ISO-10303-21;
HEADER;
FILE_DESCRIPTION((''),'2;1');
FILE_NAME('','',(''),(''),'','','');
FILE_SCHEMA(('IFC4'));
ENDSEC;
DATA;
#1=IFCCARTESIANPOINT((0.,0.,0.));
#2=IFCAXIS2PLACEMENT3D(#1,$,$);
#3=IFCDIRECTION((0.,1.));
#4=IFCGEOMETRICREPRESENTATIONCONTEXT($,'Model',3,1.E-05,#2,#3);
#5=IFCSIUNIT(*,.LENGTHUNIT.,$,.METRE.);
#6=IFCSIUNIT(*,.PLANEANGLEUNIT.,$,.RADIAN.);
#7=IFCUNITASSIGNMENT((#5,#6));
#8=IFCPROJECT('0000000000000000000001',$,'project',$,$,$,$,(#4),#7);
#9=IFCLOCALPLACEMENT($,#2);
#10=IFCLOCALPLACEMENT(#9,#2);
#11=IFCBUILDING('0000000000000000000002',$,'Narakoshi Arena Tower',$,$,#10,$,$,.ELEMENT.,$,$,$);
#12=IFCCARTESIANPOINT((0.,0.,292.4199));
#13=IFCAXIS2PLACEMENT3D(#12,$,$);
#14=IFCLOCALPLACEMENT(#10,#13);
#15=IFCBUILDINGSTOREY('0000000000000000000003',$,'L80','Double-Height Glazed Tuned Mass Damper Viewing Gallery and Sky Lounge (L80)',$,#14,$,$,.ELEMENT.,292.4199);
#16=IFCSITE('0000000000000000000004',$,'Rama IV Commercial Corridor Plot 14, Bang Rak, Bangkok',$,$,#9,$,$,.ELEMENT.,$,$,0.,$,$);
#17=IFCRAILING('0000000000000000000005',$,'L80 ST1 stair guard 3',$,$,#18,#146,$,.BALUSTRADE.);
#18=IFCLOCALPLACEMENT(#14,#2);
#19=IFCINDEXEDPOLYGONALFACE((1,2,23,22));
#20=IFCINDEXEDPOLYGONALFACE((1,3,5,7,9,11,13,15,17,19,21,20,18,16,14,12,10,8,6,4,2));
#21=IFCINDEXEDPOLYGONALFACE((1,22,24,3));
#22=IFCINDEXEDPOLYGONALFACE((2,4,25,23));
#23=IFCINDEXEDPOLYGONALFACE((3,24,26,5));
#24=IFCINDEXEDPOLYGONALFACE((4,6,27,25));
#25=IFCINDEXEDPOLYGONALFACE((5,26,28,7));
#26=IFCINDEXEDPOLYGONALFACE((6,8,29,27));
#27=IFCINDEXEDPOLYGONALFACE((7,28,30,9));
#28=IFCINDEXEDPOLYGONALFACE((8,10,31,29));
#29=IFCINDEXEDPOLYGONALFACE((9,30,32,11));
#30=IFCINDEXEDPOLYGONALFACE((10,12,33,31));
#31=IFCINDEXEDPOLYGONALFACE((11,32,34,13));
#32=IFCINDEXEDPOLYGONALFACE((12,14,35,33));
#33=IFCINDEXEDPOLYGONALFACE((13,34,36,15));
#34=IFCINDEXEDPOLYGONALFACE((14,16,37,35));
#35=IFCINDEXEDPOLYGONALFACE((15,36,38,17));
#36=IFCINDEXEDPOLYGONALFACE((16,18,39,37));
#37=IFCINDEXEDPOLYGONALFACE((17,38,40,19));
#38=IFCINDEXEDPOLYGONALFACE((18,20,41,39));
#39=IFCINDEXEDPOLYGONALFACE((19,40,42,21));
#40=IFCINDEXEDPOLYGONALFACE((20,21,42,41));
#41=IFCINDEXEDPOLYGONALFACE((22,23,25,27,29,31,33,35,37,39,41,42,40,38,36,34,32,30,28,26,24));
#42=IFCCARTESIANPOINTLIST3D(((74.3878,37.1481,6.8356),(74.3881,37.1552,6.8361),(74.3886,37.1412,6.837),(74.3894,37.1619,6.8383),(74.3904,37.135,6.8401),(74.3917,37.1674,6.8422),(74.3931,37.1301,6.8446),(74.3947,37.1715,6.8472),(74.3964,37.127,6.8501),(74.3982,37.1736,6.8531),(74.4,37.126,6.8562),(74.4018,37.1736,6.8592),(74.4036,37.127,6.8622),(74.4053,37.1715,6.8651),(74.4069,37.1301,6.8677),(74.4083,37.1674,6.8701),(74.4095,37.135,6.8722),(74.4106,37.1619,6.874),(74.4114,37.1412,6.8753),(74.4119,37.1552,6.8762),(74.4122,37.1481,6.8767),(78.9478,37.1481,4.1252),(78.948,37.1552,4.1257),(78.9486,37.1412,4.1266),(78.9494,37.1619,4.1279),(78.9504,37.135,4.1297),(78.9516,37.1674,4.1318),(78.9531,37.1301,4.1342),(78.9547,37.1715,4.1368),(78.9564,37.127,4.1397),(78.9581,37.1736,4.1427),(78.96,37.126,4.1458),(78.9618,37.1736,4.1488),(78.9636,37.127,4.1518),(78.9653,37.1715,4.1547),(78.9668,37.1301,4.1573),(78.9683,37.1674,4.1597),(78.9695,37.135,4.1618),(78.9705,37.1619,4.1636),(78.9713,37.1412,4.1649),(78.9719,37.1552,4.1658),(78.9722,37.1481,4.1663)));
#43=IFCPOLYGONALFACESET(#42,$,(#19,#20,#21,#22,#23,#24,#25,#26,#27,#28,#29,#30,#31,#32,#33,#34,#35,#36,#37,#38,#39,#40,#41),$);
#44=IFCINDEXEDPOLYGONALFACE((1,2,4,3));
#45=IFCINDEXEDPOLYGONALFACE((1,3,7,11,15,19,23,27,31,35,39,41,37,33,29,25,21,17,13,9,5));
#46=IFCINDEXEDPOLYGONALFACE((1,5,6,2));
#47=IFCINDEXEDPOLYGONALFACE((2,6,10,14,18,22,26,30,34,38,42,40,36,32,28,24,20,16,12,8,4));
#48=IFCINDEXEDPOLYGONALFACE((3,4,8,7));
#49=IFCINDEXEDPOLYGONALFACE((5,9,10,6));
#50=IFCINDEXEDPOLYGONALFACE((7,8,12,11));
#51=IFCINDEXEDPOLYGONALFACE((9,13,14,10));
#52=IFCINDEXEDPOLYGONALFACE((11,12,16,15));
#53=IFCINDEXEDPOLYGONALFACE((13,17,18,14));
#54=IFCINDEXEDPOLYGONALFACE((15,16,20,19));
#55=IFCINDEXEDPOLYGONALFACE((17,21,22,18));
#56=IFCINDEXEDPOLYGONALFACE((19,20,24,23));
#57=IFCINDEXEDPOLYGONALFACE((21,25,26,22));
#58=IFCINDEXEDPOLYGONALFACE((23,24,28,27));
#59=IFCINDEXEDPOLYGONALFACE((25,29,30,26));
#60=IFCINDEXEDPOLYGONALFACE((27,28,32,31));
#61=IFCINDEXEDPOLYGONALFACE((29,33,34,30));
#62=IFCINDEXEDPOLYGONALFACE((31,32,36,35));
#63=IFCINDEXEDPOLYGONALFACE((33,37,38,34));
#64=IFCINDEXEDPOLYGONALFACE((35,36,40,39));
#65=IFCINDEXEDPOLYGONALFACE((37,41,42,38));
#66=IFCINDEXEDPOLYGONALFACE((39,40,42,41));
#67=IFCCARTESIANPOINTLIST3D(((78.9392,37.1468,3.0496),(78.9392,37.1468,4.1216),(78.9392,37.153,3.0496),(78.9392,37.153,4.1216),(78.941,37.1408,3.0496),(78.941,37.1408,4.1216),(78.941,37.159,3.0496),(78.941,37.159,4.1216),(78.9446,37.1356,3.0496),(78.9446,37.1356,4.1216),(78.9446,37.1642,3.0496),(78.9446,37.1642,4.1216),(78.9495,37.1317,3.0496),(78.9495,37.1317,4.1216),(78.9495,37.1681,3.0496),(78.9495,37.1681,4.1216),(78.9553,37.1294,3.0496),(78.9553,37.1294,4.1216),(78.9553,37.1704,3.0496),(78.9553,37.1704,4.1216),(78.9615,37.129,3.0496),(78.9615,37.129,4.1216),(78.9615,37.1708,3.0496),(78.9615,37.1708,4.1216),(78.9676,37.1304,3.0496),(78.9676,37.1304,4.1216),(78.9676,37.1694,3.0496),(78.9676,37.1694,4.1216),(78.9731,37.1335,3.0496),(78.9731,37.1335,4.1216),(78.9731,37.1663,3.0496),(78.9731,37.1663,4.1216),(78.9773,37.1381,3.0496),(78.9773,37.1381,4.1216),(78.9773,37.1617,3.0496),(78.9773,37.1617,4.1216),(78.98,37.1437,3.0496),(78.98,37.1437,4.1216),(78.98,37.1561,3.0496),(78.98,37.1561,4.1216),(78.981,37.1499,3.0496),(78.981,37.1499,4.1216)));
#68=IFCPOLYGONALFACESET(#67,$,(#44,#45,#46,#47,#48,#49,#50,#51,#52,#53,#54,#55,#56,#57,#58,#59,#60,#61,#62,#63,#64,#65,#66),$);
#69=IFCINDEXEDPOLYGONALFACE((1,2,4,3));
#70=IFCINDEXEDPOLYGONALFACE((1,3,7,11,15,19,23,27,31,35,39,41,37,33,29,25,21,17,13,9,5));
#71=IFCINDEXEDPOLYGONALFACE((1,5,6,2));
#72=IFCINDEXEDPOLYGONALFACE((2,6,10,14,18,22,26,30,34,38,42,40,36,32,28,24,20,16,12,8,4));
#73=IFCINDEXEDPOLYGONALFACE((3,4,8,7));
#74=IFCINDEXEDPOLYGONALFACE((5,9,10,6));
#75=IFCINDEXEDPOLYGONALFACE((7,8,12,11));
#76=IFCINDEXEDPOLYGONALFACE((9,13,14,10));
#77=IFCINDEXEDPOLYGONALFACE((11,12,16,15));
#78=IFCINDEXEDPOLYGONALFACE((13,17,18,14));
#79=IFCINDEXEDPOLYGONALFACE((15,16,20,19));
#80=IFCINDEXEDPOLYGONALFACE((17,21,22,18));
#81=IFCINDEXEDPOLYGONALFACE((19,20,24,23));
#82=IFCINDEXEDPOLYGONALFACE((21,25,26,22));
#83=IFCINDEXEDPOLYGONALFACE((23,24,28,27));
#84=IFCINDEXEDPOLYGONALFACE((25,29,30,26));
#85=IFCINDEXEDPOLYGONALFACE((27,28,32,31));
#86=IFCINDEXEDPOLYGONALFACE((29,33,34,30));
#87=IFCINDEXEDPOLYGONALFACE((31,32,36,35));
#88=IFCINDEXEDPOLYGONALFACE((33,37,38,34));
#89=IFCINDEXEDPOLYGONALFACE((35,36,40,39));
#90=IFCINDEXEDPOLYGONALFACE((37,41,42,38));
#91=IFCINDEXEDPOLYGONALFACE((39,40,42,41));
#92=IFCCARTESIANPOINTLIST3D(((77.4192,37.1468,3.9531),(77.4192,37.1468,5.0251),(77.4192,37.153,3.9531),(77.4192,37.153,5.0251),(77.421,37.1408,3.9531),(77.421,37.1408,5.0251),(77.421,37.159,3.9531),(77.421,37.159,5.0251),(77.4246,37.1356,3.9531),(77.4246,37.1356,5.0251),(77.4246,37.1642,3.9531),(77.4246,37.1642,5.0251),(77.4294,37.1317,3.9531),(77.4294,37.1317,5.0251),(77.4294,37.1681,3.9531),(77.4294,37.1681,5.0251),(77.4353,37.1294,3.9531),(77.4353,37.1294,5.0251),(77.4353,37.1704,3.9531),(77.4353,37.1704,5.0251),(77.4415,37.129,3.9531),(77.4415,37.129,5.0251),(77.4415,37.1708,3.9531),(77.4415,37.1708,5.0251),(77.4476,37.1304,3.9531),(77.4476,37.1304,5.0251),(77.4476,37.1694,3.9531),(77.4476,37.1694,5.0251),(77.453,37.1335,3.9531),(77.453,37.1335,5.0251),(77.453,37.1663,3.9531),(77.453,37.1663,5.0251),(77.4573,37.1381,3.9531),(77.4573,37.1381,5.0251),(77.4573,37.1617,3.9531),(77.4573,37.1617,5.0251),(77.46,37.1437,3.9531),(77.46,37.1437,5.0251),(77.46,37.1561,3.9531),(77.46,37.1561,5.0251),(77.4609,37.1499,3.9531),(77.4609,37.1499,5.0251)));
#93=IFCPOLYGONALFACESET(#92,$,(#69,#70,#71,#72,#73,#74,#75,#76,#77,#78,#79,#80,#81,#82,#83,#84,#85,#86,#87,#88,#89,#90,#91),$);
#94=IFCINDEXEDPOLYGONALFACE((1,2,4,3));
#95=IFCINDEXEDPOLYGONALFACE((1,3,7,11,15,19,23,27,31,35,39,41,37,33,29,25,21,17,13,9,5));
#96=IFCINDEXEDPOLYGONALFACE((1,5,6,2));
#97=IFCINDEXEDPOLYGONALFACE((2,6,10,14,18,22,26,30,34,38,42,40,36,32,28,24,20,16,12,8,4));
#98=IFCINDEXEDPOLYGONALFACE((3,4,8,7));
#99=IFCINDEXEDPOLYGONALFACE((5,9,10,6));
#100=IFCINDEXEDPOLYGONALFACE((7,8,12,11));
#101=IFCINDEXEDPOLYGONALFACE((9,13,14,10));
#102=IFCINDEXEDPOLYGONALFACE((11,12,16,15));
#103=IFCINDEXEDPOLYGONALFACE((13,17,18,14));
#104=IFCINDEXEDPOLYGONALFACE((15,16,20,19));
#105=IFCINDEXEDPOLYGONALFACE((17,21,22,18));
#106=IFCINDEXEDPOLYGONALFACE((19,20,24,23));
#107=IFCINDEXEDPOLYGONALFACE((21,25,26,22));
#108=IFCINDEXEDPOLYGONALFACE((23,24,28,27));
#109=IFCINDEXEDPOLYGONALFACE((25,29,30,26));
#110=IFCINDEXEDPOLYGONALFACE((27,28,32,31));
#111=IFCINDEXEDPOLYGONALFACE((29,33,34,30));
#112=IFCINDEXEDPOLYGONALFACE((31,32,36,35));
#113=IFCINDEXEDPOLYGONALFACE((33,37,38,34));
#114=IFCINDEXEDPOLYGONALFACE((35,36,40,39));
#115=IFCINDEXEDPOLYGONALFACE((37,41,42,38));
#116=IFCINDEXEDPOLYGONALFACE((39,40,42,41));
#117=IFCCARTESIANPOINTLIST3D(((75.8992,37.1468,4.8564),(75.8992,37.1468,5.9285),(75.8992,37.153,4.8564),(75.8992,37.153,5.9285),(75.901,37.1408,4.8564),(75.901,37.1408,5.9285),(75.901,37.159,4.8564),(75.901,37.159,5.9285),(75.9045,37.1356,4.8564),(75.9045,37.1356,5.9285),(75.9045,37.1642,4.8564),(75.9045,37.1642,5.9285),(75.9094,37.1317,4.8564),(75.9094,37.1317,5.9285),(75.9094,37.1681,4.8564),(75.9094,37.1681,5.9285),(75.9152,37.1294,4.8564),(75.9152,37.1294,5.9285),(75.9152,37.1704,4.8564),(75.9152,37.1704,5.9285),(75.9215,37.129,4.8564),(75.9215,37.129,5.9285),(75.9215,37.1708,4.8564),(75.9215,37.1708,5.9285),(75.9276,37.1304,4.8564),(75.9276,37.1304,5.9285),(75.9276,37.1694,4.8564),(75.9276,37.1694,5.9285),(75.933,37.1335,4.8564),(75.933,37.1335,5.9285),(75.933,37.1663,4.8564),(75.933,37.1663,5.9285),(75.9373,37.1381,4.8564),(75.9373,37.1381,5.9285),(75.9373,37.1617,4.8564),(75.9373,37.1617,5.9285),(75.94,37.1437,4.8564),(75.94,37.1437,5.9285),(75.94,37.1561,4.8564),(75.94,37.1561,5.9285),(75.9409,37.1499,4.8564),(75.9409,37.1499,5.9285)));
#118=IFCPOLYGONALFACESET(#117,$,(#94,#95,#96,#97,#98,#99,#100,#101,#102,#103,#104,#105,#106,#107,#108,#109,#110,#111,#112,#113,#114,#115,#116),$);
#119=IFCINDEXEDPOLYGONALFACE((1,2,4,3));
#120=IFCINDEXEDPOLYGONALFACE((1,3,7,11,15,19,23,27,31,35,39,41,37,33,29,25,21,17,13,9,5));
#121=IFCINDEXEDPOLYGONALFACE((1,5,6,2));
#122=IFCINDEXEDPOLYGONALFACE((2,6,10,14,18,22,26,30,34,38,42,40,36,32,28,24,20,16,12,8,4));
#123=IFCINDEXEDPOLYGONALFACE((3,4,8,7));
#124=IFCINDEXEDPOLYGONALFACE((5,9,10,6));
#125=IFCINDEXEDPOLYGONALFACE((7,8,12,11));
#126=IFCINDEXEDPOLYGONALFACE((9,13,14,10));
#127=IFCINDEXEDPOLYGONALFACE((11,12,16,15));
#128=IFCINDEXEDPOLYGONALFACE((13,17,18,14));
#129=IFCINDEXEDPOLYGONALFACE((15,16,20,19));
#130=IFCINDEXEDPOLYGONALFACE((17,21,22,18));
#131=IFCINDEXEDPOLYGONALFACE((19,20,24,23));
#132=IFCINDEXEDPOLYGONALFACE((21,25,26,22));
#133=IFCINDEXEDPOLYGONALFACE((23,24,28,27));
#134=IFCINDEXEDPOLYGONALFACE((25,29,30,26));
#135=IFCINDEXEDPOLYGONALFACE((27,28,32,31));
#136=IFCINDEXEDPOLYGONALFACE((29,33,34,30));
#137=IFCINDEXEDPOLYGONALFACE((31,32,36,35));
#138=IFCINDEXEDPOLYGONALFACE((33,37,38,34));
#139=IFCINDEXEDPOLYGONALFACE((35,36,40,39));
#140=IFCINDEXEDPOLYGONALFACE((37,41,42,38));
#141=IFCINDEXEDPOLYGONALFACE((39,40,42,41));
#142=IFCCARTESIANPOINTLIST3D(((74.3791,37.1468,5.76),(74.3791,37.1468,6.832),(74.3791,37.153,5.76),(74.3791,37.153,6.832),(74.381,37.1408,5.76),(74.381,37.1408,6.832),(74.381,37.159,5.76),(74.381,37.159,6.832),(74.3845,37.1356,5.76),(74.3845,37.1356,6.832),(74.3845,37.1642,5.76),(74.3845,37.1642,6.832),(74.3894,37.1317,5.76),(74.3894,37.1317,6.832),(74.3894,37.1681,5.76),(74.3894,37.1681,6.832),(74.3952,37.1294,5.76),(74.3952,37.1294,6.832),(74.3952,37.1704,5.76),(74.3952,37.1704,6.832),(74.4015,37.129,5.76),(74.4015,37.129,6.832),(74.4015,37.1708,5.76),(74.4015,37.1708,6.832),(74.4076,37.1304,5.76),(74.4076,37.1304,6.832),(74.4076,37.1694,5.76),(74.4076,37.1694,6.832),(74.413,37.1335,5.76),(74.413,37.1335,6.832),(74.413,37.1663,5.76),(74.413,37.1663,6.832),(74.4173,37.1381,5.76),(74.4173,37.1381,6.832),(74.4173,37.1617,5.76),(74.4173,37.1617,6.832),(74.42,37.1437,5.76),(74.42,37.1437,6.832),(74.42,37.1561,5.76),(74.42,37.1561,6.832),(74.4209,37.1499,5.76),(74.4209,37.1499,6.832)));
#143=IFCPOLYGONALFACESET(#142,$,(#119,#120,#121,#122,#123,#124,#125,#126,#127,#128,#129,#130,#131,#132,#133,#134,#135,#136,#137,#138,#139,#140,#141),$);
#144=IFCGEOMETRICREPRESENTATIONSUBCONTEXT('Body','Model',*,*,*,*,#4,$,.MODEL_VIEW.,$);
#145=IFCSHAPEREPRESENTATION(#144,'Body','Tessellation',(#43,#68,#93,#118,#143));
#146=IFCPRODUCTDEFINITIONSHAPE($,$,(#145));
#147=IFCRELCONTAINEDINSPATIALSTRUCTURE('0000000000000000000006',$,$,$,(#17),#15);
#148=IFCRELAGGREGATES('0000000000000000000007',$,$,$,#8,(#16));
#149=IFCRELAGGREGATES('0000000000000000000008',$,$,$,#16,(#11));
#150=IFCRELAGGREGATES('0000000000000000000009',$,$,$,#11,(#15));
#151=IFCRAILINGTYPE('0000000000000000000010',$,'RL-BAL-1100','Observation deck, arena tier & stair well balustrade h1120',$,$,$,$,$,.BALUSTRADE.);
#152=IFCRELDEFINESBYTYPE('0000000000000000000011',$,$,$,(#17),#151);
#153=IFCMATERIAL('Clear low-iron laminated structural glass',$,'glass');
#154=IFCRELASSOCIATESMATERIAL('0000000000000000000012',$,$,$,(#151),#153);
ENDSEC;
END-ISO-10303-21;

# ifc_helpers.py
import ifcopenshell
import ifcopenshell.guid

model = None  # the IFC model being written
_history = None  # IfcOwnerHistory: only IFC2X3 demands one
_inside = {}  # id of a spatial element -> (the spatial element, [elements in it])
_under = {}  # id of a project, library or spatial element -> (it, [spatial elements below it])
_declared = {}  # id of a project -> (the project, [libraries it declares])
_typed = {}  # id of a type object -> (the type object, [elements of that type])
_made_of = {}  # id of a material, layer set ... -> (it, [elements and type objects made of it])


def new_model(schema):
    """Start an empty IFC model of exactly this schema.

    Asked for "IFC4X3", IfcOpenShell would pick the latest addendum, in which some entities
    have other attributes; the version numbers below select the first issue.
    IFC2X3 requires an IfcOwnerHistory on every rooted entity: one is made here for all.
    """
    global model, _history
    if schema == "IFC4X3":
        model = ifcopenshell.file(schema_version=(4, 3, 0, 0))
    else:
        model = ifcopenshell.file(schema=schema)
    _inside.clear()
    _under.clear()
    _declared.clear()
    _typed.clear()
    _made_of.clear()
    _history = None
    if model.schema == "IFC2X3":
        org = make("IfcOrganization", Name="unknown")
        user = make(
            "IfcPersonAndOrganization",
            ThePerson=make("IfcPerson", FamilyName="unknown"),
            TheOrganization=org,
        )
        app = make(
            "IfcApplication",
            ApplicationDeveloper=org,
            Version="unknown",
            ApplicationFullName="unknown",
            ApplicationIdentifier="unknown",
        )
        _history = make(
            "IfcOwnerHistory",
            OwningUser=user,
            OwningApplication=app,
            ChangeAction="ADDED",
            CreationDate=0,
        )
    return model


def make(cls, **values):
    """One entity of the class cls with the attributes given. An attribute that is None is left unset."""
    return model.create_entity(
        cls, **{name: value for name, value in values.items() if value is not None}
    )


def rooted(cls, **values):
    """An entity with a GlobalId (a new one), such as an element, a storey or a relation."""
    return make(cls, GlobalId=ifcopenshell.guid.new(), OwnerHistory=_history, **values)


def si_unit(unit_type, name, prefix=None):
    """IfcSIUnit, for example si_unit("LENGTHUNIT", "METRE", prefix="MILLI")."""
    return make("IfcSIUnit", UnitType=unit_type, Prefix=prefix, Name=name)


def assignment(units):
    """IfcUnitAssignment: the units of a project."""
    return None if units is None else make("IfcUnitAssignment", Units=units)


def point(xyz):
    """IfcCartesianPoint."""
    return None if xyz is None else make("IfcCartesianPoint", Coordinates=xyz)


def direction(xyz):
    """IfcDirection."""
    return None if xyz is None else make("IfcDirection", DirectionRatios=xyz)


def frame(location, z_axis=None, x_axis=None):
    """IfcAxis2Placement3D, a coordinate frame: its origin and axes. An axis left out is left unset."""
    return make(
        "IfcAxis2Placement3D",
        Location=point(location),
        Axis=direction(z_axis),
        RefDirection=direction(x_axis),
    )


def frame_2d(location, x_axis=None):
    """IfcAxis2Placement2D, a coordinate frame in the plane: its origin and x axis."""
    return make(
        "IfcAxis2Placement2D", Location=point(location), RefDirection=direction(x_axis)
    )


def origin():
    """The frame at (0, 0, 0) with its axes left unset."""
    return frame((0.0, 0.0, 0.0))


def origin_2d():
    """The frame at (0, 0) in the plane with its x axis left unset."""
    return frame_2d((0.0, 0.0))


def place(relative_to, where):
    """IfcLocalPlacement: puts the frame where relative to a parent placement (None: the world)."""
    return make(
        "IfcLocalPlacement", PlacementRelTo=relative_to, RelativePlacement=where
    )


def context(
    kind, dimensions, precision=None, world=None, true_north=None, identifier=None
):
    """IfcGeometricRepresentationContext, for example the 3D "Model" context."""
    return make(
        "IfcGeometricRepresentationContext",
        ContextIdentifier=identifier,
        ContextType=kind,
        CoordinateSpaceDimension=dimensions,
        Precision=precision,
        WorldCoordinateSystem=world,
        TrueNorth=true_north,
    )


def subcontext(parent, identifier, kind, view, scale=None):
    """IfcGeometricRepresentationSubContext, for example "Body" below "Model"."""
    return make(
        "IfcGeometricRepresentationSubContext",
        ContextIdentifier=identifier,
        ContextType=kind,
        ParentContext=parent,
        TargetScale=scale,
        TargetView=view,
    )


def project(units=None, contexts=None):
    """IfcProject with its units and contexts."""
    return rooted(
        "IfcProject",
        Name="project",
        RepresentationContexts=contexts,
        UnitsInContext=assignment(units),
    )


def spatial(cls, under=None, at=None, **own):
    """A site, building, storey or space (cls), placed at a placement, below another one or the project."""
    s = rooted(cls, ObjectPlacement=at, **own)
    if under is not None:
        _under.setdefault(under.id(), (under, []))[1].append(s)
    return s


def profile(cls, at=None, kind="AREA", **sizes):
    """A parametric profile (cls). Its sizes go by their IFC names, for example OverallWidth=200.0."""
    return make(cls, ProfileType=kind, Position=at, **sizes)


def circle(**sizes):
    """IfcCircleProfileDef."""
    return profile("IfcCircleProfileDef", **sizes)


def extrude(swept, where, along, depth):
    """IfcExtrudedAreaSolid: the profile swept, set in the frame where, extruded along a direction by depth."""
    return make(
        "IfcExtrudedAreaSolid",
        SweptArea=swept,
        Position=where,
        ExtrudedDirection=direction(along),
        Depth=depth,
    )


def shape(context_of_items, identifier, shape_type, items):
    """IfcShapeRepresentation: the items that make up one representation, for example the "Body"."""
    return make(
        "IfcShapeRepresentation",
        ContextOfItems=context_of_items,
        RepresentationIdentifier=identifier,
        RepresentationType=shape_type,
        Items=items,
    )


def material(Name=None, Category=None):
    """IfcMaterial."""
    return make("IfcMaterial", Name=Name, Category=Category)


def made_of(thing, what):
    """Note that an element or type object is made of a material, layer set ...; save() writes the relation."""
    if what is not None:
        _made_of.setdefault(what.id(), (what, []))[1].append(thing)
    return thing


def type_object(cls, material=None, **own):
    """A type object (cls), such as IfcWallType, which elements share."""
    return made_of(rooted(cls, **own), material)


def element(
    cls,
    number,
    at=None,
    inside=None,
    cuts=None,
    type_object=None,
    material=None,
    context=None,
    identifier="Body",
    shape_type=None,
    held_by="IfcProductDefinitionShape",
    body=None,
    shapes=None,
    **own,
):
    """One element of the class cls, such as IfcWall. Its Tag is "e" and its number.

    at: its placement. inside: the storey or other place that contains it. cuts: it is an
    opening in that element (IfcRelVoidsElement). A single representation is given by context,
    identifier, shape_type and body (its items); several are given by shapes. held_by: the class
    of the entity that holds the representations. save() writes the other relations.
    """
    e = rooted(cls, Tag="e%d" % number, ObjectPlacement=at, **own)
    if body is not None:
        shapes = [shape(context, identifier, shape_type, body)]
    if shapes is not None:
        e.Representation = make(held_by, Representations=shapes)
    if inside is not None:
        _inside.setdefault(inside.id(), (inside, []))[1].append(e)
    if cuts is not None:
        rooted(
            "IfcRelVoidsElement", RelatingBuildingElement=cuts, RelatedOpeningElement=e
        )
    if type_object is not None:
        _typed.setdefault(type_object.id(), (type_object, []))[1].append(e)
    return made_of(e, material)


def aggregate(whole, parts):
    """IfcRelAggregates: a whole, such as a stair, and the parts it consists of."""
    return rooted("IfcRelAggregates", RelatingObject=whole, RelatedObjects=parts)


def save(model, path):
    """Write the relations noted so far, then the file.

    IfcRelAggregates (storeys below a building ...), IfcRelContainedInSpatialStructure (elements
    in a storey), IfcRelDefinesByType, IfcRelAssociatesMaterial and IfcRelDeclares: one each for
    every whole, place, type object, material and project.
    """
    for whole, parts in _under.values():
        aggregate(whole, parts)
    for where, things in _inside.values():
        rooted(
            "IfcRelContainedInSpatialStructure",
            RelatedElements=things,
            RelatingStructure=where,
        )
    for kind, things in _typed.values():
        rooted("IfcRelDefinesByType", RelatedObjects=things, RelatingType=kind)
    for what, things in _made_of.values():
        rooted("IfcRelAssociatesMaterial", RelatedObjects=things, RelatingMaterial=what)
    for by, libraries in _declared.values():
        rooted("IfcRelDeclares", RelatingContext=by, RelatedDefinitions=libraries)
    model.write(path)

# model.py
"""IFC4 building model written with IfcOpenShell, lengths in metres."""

from ifc_helpers import new_model, si_unit, direction, frame, origin, origin_2d, place, context, subcontext, project, spatial, circle, extrude, material, type_object, element, save


model = new_model("IFC4")

# Units and contexts
model_context = context("Model", 3, precision=1e-05, world=origin(), true_north=direction((0.0, 1.0)))
body_context = subcontext(model_context, "Body", "Model", "MODEL_VIEW")
ifc_project = project(units=[si_unit("LENGTHUNIT", "METRE"), si_unit("PLANEANGLEUNIT", "RADIAN")], contexts=[model_context])

# Site, building, storey
site_placement = place(None, origin())
site = spatial("IfcSite", under=ifc_project, at=site_placement, Name="Rama IV Commercial Corridor Plot 14, Bang Rak, Bangkok", CompositionType="ELEMENT", RefElevation=0.0)
building_placement = place(site_placement, origin())
building = spatial("IfcBuilding", under=site, at=building_placement, Name="Narakoshi Arena Tower", CompositionType="ELEMENT")
storey_placement = place(building_placement, frame((0.0, 0.0, 292.4199)))
storey = spatial("IfcBuildingStorey", under=building, at=storey_placement, Name="L80", Description="Double-Height Glazed Tuned Mass Damper Viewing Gallery and Sky Lounge (L80)", CompositionType="ELEMENT", Elevation=292.4199)

# Railing
ifc_material_1 = material(Name="Clear low-iron laminated structural glass", Category="glass")
railing_type_1 = type_object("IfcRailingType", Name="RL-BAL-1100", Description="Observation deck, arena tier & stair well balustrade h1120", PredefinedType="BALUSTRADE", material=ifc_material_1)
railing_1_placement = place(storey_placement, frame((78.96, 37.1499, 3.0496)))
element("IfcRailing", 1, at=railing_1_placement, inside=storey, type_object=railing_type_1, Name="L80 ST1 stair guard 3", PredefinedType="BALUSTRADE", context=body_context, shape_type="SweptSolid", body=[
    extrude(circle(Radius=0.0239, at=origin_2d()), frame((0.0, 0.0, 1.0962), z_axis=(-0.859613, 0.0, 0.510945), x_axis=(0.0, -1.0, 0.0)), (0.0, 0.0, 1.0), 5.3047),
    extrude(circle(Radius=0.021, at=origin_2d()), origin(), (0.0, 0.0, 1.0), 1.072),
    extrude(circle(Radius=0.021, at=origin_2d()), frame((-1.52, 0.0, 0.9036)), (0.0, 0.0, 1.0), 1.072),
    extrude(circle(Radius=0.021, at=origin_2d()), frame((-3.04, 0.0, 1.8069)), (0.0, 0.0, 1.0), 1.072),
    extrude(circle(Radius=0.021, at=origin_2d()), frame((-4.5601, 0.0, 2.7104)), (0.0, 0.0, 1.0), 1.072),
])

save(model, "model.ifc")
